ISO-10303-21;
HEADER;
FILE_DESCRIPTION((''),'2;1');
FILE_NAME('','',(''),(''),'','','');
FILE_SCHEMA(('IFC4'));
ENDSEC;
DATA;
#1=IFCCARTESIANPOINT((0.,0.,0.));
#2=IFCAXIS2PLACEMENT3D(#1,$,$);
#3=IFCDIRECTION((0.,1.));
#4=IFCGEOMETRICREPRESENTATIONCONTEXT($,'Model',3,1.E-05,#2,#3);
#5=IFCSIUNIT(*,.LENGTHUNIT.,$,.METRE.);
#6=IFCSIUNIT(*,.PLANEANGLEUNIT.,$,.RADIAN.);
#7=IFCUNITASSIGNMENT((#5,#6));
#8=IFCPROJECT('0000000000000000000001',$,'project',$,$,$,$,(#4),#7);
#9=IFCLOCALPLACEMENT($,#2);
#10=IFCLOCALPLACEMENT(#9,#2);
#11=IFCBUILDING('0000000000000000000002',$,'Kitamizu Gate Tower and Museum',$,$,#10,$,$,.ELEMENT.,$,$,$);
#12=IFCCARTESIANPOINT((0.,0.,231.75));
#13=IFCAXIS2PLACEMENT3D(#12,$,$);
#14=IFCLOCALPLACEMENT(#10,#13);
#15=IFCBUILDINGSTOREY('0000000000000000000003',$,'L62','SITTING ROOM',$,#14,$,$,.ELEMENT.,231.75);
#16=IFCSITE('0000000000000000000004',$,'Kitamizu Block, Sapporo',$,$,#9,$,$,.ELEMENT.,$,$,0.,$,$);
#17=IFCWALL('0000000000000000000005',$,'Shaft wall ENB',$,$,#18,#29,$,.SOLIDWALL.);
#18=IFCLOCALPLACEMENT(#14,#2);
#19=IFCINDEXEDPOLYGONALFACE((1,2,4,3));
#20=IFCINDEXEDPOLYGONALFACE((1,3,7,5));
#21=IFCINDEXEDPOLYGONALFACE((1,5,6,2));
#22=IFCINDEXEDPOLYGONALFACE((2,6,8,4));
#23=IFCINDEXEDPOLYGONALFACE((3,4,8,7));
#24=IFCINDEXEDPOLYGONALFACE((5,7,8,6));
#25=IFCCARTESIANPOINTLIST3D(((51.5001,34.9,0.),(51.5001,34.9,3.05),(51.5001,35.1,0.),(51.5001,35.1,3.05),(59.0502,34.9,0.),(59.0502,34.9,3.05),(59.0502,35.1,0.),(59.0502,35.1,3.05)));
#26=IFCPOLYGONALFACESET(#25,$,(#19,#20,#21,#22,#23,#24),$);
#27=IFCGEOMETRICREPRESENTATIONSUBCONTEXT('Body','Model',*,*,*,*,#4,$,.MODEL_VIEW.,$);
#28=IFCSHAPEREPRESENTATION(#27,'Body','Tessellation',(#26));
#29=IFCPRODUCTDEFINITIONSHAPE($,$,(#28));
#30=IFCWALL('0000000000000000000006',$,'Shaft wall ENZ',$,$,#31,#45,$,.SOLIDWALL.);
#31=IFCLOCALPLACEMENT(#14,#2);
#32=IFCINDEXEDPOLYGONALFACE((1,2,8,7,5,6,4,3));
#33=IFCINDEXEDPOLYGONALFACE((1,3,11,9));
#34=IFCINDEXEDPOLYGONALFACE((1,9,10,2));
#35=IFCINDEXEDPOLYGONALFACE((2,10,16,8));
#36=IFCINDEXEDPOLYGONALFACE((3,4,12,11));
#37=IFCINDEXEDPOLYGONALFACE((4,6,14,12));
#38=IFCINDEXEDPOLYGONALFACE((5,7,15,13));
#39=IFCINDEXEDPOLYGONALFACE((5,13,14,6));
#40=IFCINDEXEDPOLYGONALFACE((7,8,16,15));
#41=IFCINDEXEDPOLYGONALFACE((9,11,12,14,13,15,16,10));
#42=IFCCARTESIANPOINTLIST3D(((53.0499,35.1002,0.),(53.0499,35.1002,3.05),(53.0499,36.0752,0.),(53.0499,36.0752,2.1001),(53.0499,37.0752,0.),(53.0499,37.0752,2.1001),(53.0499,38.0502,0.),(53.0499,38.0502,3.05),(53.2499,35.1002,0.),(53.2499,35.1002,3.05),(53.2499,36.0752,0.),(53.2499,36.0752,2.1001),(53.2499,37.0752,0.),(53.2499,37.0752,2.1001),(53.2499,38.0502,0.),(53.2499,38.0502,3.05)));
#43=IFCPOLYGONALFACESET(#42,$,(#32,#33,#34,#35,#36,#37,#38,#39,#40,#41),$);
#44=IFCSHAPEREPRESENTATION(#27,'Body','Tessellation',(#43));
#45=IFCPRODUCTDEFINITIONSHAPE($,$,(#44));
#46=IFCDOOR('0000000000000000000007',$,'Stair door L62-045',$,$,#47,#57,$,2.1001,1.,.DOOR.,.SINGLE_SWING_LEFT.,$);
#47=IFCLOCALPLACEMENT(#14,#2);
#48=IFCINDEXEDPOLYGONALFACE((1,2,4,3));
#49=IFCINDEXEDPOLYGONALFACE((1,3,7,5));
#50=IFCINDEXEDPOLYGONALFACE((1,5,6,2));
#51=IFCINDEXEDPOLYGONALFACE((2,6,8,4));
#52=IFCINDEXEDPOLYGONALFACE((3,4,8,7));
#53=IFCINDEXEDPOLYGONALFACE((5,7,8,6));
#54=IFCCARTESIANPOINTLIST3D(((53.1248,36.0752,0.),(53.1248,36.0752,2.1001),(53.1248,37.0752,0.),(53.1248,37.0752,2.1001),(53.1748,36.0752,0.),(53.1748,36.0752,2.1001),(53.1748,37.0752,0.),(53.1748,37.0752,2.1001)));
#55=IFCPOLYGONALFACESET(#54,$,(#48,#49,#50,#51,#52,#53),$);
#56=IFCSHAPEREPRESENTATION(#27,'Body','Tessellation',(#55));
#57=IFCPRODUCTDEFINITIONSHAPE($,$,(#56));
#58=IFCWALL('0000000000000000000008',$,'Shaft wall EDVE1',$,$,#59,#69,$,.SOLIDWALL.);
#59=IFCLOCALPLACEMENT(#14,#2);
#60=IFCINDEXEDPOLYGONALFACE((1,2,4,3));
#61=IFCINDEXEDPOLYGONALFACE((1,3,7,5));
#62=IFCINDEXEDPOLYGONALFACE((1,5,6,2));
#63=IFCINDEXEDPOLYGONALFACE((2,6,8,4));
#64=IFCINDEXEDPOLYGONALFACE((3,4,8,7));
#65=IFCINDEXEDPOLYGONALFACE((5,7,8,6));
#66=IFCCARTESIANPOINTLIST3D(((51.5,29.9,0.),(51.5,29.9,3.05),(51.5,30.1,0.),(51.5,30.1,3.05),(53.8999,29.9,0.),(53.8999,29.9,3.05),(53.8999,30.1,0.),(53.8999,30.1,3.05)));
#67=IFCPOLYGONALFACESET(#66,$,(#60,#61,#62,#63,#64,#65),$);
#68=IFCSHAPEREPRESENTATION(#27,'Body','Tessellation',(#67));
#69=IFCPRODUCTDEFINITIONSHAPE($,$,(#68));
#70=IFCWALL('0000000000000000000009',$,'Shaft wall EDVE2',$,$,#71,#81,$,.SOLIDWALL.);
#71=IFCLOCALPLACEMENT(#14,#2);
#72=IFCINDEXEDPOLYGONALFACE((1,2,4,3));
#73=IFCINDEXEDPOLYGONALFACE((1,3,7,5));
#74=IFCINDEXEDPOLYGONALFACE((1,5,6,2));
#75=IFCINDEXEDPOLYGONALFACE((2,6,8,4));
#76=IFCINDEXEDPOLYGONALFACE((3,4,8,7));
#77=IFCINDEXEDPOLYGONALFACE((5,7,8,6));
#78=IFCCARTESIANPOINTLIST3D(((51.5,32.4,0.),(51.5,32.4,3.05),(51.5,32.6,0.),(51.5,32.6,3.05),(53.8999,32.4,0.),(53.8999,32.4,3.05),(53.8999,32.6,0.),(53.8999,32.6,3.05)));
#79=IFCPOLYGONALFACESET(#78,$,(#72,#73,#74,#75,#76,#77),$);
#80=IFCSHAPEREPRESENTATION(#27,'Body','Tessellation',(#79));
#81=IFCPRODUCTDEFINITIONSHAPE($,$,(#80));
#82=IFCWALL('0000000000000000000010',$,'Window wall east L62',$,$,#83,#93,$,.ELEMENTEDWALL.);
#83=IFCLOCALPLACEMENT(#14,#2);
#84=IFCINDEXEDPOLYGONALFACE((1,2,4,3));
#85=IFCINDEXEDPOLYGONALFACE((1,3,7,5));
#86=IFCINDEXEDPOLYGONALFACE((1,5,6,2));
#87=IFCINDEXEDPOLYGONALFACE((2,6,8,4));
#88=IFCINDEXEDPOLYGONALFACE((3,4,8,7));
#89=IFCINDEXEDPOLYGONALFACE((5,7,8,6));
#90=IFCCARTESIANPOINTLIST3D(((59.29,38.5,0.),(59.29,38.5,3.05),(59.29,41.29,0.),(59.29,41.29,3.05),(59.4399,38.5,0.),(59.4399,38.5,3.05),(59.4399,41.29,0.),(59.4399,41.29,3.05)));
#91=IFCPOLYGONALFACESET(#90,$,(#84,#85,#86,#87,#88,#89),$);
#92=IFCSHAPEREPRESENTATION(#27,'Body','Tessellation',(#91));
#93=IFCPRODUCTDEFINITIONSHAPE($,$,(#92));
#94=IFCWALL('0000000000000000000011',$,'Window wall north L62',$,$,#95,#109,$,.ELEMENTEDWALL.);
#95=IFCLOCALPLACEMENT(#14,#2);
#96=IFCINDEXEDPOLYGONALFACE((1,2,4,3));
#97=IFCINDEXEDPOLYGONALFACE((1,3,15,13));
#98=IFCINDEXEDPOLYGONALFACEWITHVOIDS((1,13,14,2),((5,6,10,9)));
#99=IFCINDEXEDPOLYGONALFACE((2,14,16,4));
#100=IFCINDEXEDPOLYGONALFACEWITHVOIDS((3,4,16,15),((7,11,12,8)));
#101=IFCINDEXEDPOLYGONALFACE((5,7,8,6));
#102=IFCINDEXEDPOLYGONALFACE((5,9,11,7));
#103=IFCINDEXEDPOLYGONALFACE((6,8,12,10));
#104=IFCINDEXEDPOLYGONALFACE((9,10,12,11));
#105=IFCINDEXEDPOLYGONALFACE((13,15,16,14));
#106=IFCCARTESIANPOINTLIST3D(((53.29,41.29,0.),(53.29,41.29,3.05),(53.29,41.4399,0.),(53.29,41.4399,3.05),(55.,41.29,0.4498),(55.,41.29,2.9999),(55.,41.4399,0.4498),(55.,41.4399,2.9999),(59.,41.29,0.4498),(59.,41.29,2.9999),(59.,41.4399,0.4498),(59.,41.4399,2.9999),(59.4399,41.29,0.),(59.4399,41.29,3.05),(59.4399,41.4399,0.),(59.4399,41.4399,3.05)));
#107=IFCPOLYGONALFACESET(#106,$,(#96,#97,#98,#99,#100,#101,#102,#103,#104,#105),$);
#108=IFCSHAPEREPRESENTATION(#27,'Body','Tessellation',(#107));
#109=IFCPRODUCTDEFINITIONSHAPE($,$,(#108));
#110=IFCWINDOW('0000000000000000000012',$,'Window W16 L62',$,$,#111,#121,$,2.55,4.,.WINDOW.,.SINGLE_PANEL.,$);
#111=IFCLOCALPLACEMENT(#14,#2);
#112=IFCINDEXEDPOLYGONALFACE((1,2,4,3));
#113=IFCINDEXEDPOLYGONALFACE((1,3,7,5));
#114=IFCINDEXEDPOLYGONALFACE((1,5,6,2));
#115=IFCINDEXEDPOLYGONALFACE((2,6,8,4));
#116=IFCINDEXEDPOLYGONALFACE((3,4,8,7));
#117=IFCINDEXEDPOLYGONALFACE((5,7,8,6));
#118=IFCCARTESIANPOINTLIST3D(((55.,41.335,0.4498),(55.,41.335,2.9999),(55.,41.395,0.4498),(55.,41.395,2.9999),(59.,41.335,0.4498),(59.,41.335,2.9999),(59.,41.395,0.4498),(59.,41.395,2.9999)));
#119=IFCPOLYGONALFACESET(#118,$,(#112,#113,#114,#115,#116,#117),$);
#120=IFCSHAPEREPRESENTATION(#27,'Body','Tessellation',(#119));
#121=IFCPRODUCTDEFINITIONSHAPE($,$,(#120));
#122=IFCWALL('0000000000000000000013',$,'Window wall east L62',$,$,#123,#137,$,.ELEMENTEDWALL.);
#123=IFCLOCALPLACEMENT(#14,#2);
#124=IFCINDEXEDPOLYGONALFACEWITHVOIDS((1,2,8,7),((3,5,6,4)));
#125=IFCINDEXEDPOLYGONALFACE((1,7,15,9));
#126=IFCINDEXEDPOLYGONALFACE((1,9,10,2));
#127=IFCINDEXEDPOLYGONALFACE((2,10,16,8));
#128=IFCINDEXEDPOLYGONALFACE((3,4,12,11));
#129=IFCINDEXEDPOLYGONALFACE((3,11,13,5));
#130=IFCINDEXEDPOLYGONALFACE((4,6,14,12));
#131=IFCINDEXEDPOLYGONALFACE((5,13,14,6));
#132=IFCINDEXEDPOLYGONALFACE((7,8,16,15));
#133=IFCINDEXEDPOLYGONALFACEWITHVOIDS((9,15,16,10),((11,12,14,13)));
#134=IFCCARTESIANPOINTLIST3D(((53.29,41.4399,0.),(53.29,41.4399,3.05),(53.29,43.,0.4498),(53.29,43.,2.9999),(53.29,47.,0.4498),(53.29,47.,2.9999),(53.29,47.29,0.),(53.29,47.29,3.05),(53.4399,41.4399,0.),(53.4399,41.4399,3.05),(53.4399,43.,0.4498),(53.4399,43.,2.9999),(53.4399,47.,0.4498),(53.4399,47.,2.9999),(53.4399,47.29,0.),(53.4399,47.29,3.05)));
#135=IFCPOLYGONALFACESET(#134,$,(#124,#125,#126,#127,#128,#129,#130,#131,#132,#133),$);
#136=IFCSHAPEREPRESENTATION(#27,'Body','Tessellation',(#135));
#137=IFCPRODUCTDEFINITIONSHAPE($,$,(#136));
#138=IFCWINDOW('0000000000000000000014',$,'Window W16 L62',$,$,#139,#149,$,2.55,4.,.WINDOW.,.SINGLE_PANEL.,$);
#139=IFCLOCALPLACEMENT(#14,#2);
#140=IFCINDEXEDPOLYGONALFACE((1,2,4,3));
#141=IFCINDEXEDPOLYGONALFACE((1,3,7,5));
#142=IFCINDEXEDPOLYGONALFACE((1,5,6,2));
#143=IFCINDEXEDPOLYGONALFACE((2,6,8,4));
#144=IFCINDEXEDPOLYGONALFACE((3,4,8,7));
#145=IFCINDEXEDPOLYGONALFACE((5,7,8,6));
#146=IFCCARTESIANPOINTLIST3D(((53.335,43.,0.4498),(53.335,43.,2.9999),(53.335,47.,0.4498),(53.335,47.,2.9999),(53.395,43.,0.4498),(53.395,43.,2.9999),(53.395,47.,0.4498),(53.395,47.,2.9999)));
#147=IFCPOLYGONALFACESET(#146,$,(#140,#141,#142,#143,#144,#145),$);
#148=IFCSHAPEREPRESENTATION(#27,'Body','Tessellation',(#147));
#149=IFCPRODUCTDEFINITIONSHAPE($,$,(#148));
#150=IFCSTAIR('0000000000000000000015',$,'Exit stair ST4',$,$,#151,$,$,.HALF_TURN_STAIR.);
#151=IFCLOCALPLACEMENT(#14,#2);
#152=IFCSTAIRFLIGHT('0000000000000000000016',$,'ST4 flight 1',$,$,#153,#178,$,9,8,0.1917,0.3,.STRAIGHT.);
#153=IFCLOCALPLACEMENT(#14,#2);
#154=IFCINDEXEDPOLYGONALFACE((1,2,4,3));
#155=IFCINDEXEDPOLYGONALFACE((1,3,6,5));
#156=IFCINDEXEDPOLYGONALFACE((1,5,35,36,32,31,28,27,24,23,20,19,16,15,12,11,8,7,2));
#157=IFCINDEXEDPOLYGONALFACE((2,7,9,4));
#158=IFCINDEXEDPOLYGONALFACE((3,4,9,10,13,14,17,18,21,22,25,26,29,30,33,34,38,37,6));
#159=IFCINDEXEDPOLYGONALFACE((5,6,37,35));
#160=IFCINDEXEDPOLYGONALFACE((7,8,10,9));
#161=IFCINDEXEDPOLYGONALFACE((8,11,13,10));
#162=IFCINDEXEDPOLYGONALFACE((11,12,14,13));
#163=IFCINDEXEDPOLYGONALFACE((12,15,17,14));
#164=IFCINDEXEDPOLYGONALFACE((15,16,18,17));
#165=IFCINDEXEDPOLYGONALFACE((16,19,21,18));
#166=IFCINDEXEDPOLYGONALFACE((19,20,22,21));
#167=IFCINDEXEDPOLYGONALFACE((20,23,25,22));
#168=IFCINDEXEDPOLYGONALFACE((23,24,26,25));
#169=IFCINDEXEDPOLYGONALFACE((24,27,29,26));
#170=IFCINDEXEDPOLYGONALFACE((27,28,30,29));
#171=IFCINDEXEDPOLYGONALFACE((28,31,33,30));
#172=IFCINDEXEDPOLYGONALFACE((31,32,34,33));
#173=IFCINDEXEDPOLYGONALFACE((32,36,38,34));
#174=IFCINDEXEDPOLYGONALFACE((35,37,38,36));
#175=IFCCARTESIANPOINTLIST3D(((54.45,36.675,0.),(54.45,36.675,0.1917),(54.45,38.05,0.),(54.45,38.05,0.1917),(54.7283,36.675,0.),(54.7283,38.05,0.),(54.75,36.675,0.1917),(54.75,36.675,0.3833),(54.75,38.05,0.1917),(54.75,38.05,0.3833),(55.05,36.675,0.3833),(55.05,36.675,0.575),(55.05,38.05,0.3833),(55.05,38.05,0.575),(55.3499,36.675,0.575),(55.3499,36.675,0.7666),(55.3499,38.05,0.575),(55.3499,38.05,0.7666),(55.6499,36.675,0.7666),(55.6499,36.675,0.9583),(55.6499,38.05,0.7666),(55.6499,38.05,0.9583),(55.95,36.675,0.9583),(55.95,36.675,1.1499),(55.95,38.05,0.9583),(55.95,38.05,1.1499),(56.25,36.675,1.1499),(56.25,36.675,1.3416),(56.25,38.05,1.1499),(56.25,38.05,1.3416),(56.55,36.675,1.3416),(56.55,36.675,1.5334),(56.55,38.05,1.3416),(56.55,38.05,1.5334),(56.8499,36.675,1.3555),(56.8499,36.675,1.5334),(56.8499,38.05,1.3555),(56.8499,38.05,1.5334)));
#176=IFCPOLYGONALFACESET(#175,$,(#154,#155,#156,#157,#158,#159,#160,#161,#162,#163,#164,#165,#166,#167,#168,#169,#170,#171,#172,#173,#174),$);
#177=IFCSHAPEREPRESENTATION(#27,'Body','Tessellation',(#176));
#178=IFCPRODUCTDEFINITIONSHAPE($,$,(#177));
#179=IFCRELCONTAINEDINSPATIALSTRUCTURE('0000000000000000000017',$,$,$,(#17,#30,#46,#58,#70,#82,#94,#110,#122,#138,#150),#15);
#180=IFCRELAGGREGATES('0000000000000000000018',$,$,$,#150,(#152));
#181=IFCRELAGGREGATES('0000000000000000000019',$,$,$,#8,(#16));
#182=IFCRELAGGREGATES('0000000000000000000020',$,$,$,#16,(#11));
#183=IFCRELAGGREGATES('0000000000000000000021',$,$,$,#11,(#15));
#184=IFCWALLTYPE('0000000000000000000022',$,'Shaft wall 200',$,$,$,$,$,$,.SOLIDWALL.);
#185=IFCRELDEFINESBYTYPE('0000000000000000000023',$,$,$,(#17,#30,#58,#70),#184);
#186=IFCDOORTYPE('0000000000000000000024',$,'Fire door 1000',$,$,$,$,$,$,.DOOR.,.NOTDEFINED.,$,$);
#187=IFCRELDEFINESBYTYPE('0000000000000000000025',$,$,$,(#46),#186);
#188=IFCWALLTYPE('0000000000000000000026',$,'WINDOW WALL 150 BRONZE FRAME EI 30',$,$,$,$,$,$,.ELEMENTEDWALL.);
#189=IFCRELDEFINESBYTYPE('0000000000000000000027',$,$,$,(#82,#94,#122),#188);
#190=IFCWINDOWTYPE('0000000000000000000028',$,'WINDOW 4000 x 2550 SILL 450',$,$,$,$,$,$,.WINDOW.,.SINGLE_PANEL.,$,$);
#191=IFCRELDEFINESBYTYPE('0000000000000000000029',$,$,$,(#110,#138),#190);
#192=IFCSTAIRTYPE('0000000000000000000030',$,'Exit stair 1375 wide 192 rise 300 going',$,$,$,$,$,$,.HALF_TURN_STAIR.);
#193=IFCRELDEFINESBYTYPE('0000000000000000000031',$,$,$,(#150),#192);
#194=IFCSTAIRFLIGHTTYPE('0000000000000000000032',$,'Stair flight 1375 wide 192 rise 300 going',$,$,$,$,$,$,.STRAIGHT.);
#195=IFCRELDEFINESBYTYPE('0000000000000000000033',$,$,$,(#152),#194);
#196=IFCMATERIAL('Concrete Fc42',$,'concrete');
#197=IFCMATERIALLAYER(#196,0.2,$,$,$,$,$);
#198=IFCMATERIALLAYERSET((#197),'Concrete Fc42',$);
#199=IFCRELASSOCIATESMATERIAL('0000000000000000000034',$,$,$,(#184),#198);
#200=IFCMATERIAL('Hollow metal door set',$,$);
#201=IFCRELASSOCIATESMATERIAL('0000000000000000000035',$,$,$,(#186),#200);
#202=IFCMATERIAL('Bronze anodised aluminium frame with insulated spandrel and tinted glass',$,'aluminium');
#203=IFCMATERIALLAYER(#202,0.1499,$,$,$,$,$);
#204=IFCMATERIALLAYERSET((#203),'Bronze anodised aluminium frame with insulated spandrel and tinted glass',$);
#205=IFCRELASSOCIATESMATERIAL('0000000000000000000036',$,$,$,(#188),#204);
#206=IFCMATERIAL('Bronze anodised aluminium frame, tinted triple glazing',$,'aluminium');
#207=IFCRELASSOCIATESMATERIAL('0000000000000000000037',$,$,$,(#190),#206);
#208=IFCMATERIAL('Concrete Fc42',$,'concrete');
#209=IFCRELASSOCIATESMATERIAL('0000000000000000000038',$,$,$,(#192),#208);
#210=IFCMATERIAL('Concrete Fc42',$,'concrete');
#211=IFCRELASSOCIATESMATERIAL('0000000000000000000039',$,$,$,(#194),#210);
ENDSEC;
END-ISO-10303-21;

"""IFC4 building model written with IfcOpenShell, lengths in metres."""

from ifc_helpers import new_model, si_unit, direction, frame, frame_2d, origin, place, context, subcontext, project, spatial, polyline, rectangle, outline, extrude, material, layer, layer_set, type_object, element, fill, aggregate, save


model = new_model("IFC4")

# Units and contexts
model_context = context("Model", 3, precision=1e-05, world=origin(), true_north=direction((0.0, 1.0)))
body_context = subcontext(model_context, "Body", "Model", "MODEL_VIEW")
ifc_project = project(units=[si_unit("LENGTHUNIT", "METRE"), si_unit("PLANEANGLEUNIT", "RADIAN")], contexts=[model_context])

# Site, building, storey
site_placement = place(None, origin())
site = spatial("IfcSite", under=ifc_project, at=site_placement, Name="Kitamizu Block, Sapporo", CompositionType="ELEMENT", RefElevation=0.0)
building_placement = place(site_placement, origin())
building = spatial("IfcBuilding", under=site, at=building_placement, Name="Kitamizu Gate Tower and Museum", CompositionType="ELEMENT")
storey_placement = place(building_placement, frame((0.0, 0.0, 231.75)))
storey = spatial("IfcBuildingStorey", under=building, at=storey_placement, Name="L62", Description="SITTING ROOM", CompositionType="ELEMENT", Elevation=231.75)

# Wall
ifc_material_1 = material(Name="Concrete Fc42", Category="concrete")
ifc_layer_1 = layer(ifc_material_1, 0.2)
ifc_layer_set_1 = layer_set([ifc_layer_1], Name="Concrete Fc42")
wall_type_1 = type_object("IfcWallType", Name="Shaft wall 200", PredefinedType="SOLIDWALL", material=ifc_layer_set_1)
wall_1_placement = place(storey_placement, frame((59.05, 35.0, 0.0), z_axis=(0.0, 0.0, 1.0), x_axis=(-1.0, 0.0, 0.0)))
element("IfcWall", 1, at=wall_1_placement, inside=storey, type_object=wall_type_1, Name="Shaft wall ENB", PredefinedType="SOLIDWALL", context=body_context, shape_type="SweptSolid", body=[
    extrude(rectangle(XDim=7.55, YDim=0.2, at=frame_2d((3.7749, 0.0))), origin(), (0.0, 0.0, 1.0), 3.05),
])

# Wall, opening, door
wall_2_placement = place(storey_placement, frame((53.1499, 35.1001, 0.0), z_axis=(0.0, 0.0, 1.0), x_axis=(0.0, 1.0, 0.0)))
wall_2 = element("IfcWall", 2, at=wall_2_placement, inside=storey, type_object=wall_type_1, Name="Shaft wall ENZ", PredefinedType="SOLIDWALL", context=body_context, shape_type="SweptSolid", body=[
    extrude(rectangle(XDim=2.95, YDim=0.2, at=frame_2d((1.4751, 0.0))), origin(), (0.0, 0.0, 1.0), 3.05),
])
opening_1_placement = place(wall_2_placement, frame((0.9751, 0.0, 0.0)))
opening_1 = element("IfcOpeningElement", 3, at=opening_1_placement, cuts=wall_2, PredefinedType="OPENING", context=body_context, shape_type="SweptSolid", body=[
    extrude(rectangle(XDim=1.0, YDim=2.1001, at=frame_2d((0.5, 1.05))), frame((0.0, 0.1099, 0.0), z_axis=(0.0, -1.0, 0.0), x_axis=(1.0, 0.0, 0.0)), (0.0, 0.0, 1.0), 0.22),
])
ifc_material_2 = material(Name="Hollow metal door set")
door_type_1 = type_object("IfcDoorType", Name="Fire door 1000", OperationType="NOTDEFINED", PredefinedType="DOOR", material=ifc_material_2)
door_1_placement = place(opening_1_placement, frame((1.0, 0.0, 0.0), x_axis=(-1.0, 0.0, 0.0)))
door_1 = element("IfcDoor", 4, at=door_1_placement, inside=storey, type_object=door_type_1, Name="Stair door L62-045", OperationType="SINGLE_SWING_LEFT", OverallHeight=2.1001, OverallWidth=1.0, PredefinedType="DOOR", context=body_context, shape_type="SweptSolid", body=[
    extrude(rectangle(XDim=1.0, YDim=2.1001, at=frame_2d((0.5, 1.05))), frame((0.0, 0.0249, 0.0), z_axis=(0.0, -1.0, 0.0), x_axis=(1.0, 0.0, 0.0)), (0.0, 0.0, 1.0), 0.05),
])
fill(opening_1, door_1)

# Walls
for number, where, z_axis, x_axis, name in (
    (5, (53.8999, 30.0, 0.0), (0.0, 0.0, 1.0), (-1.0, 0.0, 0.0), "Shaft wall EDVE1"),
    (6, (53.8999, 32.5, 0.0), (0.0, 0.0, 1.0), (-1.0, 0.0, 0.0), "Shaft wall EDVE2"),
):
    element("IfcWall", number, at=place(storey_placement, frame(where, z_axis=z_axis, x_axis=x_axis)), inside=storey, type_object=wall_type_1, Name=name, PredefinedType="SOLIDWALL", context=body_context, shape_type="SweptSolid", body=[
        extrude(rectangle(XDim=2.3999, YDim=0.2, at=frame_2d((1.2, 0.0))), origin(), (0.0, 0.0, 1.0), 3.05),
    ])
ifc_material_3 = material(Name="Bronze anodised aluminium frame with insulated spandrel and tinted glass", Category="aluminium")
ifc_layer_2 = layer(ifc_material_3, 0.1499)
ifc_layer_set_2 = layer_set([ifc_layer_2], Name="Bronze anodised aluminium frame with insulated spandrel and tinted glass")
wall_type_2 = type_object("IfcWallType", Name="WINDOW WALL 150 BRONZE FRAME EI 30", PredefinedType="ELEMENTEDWALL", material=ifc_layer_set_2)
wall_3_placement = place(storey_placement, frame((59.365, 38.5, 0.0), z_axis=(0.0, 0.0, 1.0), x_axis=(0.0, 1.0, 0.0)))
element("IfcWall", 7, at=wall_3_placement, inside=storey, type_object=wall_type_2, Name="Window wall east L62", PredefinedType="ELEMENTEDWALL", context=body_context, shape_type="SweptSolid", body=[
    extrude(rectangle(XDim=2.79, YDim=0.1499, at=frame_2d((1.395, 0.0))), origin(), (0.0, 0.0, 1.0), 3.05),
])

# Walls, openings, windows
wall_4_placement = place(storey_placement, frame((53.29, 41.365, 0.0), z_axis=(0.0, 0.0, 1.0), x_axis=(1.0, 0.0, 0.0)))
wall_4 = element("IfcWall", 8, at=wall_4_placement, inside=storey, type_object=wall_type_2, Name="Window wall north L62", PredefinedType="ELEMENTEDWALL", context=body_context, shape_type="SweptSolid", body=[
    extrude(rectangle(XDim=6.1499, YDim=0.1499, at=frame_2d((3.075, 0.0))), origin(), (0.0, 0.0, 1.0), 3.05),
])
opening_2_placement = place(wall_4_placement, frame((1.71, 0.0, 0.45)))
opening_2 = element("IfcOpeningElement", 9, at=opening_2_placement, cuts=wall_4, PredefinedType="OPENING", context=body_context, shape_type="SweptSolid", body=[
    extrude(rectangle(XDim=4.0, YDim=2.55, at=frame_2d((2.0, 1.2749))), frame((0.0, 0.085, 0.0), z_axis=(0.0, -1.0, 0.0), x_axis=(1.0, 0.0, 0.0)), (0.0, 0.0, 1.0), 0.1699),
])
ifc_material_4 = material(Name="Bronze anodised aluminium frame, tinted triple glazing", Category="aluminium")
window_type = type_object("IfcWindowType", Name="WINDOW 4000 x 2550 SILL 450", PartitioningType="SINGLE_PANEL", PredefinedType="WINDOW", material=ifc_material_4)
window_1_placement = place(opening_2_placement, origin())
window_1 = element("IfcWindow", 10, at=window_1_placement, inside=storey, type_object=window_type, Name="Window W16 L62", OverallHeight=2.55, OverallWidth=4.0, PartitioningType="SINGLE_PANEL", PredefinedType="WINDOW", context=body_context, shape_type="SweptSolid", body=[
    extrude(rectangle(XDim=4.0, YDim=2.55, at=frame_2d((2.0, 1.2749))), frame((0.0, 0.03, 0.0), z_axis=(0.0, -1.0, 0.0), x_axis=(1.0, 0.0, 0.0)), (0.0, 0.0, 1.0), 0.0601),
])
fill(opening_2, window_1)
wall_5_placement = place(storey_placement, frame((53.365, 41.4399, 0.0), z_axis=(0.0, 0.0, 1.0), x_axis=(0.0, 1.0, 0.0)))
wall_5 = element("IfcWall", 11, at=wall_5_placement, inside=storey, type_object=wall_type_2, Name="Window wall east L62", PredefinedType="ELEMENTEDWALL", context=body_context, shape_type="SweptSolid", body=[
    extrude(rectangle(XDim=5.8501, YDim=0.1499, at=frame_2d((2.925, 0.0))), origin(), (0.0, 0.0, 1.0), 3.05),
])
opening_3_placement = place(wall_5_placement, frame((1.5601, 0.0, 0.45)))
opening_3 = element("IfcOpeningElement", 12, at=opening_3_placement, cuts=wall_5, PredefinedType="OPENING", context=body_context, shape_type="SweptSolid", body=[
    extrude(rectangle(XDim=4.0, YDim=2.55, at=frame_2d((2.0, 1.2749))), frame((0.0, 0.085, 0.0), z_axis=(0.0, -1.0, 0.0), x_axis=(1.0, 0.0, 0.0)), (0.0, 0.0, 1.0), 0.1699),
])
window_2_placement = place(opening_3_placement, origin())
window_2 = element("IfcWindow", 13, at=window_2_placement, inside=storey, type_object=window_type, Name="Window W16 L62", OverallHeight=2.55, OverallWidth=4.0, PartitioningType="SINGLE_PANEL", PredefinedType="WINDOW", context=body_context, shape_type="SweptSolid", body=[
    extrude(rectangle(XDim=4.0, YDim=2.55, at=frame_2d((2.0, 1.2749))), frame((0.0, 0.03, 0.0), z_axis=(0.0, -1.0, 0.0), x_axis=(1.0, 0.0, 0.0)), (0.0, 0.0, 1.0), 0.0601),
])
fill(opening_3, window_2)

# Stair, stair flight
ifc_material_5 = material(Name="Concrete Fc42", Category="concrete")
stair_type = type_object("IfcStairType", Name="Exit stair 1375 wide 192 rise 300 going", PredefinedType="HALF_TURN_STAIR", material=ifc_material_5)
stair_placement = place(storey_placement, origin())
stair = element("IfcStair", 14, at=stair_placement, inside=storey, type_object=stair_type, Name="Exit stair ST4", PredefinedType="HALF_TURN_STAIR")
ifc_material_6 = material(Name="Concrete Fc42", Category="concrete")
stair_flight_type = type_object("IfcStairFlightType", Name="Stair flight 1375 wide 192 rise 300 going", PredefinedType="STRAIGHT", material=ifc_material_6)
stair_flight_1_placement = place(storey_placement, frame((54.45, 37.3625, 0.0), z_axis=(0.0, 0.0, 1.0), x_axis=(1.0, 0.0, 0.0)))
stair_flight_1 = element("IfcStairFlight", 15, at=stair_flight_1_placement, type_object=stair_flight_type, Name="ST4 flight 1", NumberOfRisers=9, NumberOfTreads=8, PredefinedType="STRAIGHT", RiserHeight=0.1917, TreadLength=0.3, context=body_context, shape_type="SweptSolid", body=[
    extrude(outline(polyline([(0.0, 0.0), (0.0, 0.1917), (0.3, 0.1917), (0.3, 0.3833), (0.6001, 0.3833), (0.6001, 0.575), (0.8999, 0.575), (0.8999, 0.7666), (1.2, 0.7666), (1.2, 0.9583), (1.5, 0.9583), (1.5, 1.1499), (1.8, 1.1499), (1.8, 1.3416), (2.1001, 1.3416), (2.1001, 1.5334), (2.3999, 1.5334), (2.3999, 1.7251), (2.3999, 1.3555), (0.2783, 0.0), (0.0, 0.0)])), frame((0.0, 0.6875, 0.0), z_axis=(0.0, -1.0, 0.0), x_axis=(1.0, 0.0, 0.0)), (0.0, 0.0, 1.0), 1.375),
])
aggregate(stair, [stair_flight_1])

save(model, "model.ifc")
